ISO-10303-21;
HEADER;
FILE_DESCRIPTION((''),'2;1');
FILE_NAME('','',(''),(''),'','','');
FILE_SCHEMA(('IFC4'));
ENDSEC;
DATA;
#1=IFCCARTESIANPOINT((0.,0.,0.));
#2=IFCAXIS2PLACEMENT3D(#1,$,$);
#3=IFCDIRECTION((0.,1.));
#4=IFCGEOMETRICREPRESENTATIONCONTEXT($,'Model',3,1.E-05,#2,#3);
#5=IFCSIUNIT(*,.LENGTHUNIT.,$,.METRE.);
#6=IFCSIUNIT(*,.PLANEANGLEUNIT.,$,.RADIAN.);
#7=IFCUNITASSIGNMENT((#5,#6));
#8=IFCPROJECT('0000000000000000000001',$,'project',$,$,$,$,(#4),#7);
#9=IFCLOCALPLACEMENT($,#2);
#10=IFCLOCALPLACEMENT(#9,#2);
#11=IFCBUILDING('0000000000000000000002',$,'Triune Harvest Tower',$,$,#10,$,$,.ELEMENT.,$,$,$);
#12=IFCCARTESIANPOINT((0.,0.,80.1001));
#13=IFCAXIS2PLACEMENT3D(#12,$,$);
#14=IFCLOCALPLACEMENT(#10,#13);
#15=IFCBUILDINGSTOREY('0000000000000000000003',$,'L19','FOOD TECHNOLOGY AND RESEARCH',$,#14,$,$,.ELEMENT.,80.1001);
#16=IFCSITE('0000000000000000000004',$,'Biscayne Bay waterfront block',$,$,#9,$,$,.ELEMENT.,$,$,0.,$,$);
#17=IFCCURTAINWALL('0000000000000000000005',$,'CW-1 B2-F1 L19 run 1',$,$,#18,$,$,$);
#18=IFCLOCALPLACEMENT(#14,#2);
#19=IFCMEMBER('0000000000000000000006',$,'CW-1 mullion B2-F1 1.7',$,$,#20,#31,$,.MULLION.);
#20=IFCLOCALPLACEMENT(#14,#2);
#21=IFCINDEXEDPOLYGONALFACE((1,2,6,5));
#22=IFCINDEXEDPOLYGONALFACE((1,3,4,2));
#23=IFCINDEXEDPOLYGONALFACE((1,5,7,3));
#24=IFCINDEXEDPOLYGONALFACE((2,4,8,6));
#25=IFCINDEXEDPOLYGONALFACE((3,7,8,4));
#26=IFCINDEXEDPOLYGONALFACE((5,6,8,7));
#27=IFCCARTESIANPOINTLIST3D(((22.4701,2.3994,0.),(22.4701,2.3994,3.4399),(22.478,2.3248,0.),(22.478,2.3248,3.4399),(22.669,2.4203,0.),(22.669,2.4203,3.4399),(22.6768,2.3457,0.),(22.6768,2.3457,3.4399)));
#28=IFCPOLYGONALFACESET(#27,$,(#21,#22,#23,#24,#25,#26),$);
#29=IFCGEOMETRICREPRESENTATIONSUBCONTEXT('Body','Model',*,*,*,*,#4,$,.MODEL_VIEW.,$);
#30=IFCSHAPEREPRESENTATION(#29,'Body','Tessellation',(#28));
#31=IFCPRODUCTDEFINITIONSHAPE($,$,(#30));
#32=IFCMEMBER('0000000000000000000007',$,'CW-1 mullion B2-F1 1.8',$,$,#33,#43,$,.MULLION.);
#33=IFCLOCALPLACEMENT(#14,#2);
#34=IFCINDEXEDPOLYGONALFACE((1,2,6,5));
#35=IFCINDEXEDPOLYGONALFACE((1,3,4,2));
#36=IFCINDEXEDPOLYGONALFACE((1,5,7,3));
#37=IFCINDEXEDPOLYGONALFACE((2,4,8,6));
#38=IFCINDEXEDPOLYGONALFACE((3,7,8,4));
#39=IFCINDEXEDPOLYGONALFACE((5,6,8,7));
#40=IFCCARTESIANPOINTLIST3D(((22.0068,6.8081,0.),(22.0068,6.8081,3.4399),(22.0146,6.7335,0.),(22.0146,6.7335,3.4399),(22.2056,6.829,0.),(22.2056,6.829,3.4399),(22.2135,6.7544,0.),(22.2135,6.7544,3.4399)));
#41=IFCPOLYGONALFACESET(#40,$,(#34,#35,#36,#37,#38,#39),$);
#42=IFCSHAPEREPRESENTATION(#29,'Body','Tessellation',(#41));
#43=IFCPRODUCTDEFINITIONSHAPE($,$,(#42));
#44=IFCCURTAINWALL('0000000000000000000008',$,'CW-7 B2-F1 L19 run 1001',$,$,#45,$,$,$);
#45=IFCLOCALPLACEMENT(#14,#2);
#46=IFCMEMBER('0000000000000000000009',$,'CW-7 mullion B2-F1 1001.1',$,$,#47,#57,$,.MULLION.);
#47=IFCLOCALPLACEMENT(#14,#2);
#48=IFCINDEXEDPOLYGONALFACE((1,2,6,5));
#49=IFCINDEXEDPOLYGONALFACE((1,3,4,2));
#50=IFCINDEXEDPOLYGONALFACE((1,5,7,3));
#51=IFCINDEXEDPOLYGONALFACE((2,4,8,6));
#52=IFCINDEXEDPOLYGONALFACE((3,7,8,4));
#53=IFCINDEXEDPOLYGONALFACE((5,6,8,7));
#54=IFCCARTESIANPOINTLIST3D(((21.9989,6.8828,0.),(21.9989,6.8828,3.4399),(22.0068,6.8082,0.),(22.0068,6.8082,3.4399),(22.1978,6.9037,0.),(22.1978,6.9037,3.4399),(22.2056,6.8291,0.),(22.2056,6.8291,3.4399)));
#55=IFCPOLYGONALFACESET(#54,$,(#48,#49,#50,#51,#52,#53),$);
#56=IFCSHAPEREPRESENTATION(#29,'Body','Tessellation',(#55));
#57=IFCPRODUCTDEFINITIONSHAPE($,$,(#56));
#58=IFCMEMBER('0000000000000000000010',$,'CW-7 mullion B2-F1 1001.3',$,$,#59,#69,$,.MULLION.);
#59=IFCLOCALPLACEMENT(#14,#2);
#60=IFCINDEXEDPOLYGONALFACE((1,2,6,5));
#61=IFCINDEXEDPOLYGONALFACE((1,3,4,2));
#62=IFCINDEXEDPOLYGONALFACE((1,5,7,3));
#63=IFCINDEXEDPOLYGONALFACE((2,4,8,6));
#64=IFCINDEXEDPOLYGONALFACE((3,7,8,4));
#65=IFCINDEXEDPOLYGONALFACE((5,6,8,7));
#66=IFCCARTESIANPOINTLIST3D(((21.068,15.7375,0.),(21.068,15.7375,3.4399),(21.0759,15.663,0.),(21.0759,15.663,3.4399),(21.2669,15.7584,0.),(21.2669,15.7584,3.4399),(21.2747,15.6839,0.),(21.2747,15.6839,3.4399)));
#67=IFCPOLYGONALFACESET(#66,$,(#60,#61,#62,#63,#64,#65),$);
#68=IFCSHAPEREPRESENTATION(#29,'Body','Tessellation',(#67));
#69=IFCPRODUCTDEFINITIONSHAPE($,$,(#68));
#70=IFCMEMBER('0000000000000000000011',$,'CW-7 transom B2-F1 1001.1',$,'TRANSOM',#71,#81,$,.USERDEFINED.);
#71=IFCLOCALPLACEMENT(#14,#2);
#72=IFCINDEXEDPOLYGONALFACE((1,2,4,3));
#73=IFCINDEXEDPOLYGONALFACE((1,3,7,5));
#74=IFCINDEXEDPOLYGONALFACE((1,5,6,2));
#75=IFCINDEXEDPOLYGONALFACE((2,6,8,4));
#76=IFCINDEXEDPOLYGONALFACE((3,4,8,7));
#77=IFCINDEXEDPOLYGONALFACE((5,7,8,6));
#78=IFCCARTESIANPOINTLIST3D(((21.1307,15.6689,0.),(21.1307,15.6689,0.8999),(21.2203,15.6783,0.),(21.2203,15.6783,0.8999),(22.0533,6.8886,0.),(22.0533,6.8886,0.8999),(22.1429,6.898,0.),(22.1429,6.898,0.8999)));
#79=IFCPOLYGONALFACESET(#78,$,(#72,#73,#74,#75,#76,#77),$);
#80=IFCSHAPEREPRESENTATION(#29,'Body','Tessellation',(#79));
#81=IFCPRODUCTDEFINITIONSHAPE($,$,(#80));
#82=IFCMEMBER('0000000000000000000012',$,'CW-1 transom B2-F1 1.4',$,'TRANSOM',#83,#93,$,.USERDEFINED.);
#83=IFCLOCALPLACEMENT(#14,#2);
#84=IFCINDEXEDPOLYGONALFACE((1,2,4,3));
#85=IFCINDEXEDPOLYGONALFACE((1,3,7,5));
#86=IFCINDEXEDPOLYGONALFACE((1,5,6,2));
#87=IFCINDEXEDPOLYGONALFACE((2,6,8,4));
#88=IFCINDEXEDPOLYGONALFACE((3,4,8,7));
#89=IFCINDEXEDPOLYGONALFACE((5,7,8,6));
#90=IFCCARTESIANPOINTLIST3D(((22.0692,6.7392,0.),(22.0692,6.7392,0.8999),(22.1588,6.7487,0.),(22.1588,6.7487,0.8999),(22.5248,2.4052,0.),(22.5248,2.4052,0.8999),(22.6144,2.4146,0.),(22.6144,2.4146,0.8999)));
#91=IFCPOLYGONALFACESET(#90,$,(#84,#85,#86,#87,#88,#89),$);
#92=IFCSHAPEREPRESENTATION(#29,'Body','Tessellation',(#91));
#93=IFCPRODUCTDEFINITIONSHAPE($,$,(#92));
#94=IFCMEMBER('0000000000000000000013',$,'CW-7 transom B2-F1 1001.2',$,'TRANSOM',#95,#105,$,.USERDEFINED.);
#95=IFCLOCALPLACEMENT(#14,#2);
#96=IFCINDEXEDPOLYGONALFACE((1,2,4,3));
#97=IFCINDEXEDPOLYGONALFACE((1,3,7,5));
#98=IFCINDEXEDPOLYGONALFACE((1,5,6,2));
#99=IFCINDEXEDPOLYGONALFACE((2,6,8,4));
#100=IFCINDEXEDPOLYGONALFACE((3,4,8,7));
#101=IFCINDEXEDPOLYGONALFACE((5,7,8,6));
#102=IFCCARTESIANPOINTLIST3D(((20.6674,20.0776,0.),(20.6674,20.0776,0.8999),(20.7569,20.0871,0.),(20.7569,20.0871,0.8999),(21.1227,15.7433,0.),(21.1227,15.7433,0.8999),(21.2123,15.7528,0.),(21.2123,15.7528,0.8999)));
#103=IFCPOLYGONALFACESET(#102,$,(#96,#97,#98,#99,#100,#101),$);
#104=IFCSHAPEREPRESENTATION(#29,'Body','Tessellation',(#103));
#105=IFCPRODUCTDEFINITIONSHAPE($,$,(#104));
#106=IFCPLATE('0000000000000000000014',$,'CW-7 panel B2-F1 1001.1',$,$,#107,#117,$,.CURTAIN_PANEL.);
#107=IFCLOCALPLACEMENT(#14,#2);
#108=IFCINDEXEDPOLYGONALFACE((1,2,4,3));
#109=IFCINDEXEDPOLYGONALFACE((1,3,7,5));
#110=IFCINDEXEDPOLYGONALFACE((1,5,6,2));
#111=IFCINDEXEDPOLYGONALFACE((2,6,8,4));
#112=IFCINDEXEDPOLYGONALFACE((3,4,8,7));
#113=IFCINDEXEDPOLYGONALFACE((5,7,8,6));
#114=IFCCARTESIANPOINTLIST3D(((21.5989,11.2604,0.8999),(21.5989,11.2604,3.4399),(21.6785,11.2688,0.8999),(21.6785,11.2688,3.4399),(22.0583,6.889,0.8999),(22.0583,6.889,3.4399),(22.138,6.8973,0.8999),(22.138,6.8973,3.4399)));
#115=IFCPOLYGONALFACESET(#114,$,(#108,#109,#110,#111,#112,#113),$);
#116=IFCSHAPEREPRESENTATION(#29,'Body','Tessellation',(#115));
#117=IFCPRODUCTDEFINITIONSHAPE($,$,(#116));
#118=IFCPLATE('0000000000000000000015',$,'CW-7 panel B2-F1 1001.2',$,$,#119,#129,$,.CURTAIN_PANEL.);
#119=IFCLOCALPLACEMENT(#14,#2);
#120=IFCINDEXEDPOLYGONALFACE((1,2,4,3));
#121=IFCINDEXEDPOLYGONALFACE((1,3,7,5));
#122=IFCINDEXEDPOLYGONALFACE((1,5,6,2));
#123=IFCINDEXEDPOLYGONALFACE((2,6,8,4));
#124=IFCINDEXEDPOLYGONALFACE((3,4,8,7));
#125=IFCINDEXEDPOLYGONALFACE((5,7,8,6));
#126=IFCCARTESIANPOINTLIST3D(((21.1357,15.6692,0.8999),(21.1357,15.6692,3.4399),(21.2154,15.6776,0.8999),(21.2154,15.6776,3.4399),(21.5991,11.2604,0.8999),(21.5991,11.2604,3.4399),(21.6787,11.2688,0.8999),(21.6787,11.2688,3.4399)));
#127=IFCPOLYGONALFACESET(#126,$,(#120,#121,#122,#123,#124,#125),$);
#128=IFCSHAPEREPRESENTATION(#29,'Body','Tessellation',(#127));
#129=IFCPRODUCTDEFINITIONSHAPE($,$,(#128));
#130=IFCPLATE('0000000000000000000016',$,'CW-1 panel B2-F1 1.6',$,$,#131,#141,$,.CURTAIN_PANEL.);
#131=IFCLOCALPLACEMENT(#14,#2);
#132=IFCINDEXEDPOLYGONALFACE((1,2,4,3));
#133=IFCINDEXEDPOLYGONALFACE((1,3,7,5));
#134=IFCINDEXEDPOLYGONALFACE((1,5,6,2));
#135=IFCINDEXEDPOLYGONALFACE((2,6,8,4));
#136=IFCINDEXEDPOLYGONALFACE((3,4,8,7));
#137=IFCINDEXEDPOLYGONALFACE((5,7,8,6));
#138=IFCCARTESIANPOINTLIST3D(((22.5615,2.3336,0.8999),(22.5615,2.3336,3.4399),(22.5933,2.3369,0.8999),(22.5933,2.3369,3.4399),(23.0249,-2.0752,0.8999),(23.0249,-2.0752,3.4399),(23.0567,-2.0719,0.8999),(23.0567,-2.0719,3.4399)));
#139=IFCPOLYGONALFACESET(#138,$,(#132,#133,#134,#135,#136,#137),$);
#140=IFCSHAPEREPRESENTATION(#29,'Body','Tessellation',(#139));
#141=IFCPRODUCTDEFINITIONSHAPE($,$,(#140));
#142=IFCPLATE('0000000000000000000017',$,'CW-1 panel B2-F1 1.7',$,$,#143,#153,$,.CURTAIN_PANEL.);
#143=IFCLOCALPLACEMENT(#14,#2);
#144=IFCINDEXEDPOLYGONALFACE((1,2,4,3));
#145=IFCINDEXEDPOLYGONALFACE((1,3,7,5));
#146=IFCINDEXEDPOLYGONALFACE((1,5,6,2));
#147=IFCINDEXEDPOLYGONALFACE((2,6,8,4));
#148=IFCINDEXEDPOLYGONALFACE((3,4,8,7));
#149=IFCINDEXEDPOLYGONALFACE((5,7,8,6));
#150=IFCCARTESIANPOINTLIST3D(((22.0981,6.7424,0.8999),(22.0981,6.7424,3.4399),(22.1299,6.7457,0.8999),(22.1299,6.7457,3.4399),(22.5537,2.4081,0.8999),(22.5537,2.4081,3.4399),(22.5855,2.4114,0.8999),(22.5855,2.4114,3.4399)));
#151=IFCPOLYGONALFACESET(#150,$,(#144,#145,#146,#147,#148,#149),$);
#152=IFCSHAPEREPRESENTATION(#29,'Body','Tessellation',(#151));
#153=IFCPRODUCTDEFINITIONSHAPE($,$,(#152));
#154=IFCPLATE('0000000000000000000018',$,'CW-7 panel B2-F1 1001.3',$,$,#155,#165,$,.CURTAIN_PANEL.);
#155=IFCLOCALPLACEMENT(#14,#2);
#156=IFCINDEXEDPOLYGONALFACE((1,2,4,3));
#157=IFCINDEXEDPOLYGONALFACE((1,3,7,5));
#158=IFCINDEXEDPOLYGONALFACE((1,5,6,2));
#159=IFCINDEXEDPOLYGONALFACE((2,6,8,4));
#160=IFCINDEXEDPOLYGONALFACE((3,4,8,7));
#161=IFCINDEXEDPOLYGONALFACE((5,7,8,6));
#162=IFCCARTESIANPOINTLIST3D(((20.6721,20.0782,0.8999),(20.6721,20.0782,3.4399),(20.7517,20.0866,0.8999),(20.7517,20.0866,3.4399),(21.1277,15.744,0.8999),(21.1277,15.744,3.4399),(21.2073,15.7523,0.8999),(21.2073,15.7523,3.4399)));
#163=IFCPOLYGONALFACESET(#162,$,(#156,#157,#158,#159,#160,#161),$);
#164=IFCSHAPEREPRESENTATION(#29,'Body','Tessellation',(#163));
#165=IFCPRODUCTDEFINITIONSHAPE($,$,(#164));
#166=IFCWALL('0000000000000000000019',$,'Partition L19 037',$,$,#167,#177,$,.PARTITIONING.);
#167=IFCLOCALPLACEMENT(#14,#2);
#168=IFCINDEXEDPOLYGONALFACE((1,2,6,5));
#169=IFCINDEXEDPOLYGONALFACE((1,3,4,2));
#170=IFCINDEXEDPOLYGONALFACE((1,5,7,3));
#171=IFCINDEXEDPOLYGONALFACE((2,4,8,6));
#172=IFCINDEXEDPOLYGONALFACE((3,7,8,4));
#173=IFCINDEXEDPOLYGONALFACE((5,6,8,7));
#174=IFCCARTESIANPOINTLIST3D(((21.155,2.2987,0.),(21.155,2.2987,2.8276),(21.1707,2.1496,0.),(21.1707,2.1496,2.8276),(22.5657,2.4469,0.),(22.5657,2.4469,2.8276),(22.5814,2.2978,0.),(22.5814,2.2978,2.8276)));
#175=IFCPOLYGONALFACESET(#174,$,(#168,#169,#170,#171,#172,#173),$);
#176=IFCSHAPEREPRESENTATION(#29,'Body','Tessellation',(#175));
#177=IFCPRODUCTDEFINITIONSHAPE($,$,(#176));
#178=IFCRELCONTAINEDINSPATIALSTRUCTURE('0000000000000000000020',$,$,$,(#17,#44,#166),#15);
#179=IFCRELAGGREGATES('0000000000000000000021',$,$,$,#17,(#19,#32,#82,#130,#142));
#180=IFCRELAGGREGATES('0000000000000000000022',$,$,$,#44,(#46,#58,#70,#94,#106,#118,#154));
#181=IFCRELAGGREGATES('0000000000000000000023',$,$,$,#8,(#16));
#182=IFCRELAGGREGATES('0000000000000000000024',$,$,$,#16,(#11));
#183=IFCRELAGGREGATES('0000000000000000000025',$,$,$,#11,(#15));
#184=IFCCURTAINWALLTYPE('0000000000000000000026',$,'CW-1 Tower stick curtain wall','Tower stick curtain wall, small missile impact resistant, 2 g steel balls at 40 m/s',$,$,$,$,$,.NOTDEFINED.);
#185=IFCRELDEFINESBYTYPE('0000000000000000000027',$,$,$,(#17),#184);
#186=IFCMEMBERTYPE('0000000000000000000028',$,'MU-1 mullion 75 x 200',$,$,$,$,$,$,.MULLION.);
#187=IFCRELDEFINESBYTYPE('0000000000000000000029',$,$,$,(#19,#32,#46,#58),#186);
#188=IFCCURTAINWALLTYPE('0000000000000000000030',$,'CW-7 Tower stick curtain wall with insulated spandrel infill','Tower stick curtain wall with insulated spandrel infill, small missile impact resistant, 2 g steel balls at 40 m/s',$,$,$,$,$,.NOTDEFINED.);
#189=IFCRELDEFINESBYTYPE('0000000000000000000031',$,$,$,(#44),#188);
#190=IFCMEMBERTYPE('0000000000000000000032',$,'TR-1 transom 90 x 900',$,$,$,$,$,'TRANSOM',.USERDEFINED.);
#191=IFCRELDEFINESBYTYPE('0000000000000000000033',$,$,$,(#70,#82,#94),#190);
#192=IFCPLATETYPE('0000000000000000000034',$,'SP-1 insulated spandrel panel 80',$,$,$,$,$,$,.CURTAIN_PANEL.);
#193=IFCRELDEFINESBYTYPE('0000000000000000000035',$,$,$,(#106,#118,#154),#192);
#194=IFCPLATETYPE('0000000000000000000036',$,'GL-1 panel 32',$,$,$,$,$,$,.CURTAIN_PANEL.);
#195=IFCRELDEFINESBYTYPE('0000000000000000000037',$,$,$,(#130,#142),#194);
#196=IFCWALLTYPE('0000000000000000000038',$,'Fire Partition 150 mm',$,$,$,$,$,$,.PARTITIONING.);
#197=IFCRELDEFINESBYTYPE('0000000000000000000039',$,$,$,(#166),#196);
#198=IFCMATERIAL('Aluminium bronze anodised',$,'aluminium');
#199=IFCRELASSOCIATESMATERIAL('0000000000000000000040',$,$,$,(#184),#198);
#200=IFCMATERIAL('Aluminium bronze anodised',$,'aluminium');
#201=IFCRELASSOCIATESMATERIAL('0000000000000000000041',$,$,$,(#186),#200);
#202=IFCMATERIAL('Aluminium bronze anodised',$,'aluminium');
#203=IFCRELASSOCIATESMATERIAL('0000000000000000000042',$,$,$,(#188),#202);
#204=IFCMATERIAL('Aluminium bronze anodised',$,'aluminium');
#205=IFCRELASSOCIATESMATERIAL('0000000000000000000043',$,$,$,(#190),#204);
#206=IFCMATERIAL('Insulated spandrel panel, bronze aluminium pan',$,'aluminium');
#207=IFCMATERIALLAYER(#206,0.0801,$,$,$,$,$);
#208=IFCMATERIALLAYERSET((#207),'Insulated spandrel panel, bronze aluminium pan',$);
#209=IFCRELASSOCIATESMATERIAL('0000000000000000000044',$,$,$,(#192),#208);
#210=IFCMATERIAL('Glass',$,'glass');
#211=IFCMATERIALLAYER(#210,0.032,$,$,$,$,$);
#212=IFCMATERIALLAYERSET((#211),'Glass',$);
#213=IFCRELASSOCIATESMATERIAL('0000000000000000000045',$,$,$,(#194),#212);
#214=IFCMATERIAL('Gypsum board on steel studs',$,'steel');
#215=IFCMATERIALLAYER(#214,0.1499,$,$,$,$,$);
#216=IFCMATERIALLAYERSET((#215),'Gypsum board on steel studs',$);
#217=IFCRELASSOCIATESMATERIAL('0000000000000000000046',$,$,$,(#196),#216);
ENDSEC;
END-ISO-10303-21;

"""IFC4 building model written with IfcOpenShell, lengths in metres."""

from ifc_helpers import new_model, si_unit, direction, frame, frame_2d, origin, origin_2d, place, context, subcontext, project, spatial, rectangle, extrude, source, transform, mapped, material, layer, layer_set, material_profile, profile_set, type_object, element, aggregate, save


model = new_model("IFC4")

# Units and contexts
model_context = context("Model", 3, precision=1e-05, world=origin(), true_north=direction((0.0, 1.0)))
body_context = subcontext(model_context, "Body", "Model", "MODEL_VIEW")
ifc_project = project(units=[si_unit("LENGTHUNIT", "METRE"), si_unit("PLANEANGLEUNIT", "RADIAN")], contexts=[model_context])

# Site, building, storey
site_placement = place(None, origin())
site = spatial("IfcSite", under=ifc_project, at=site_placement, Name="Biscayne Bay waterfront block", CompositionType="ELEMENT", RefElevation=0.0)
building_placement = place(site_placement, origin())
building = spatial("IfcBuilding", under=site, at=building_placement, Name="Triune Harvest Tower", CompositionType="ELEMENT")
storey_placement = place(building_placement, frame((0.0, 0.0, 80.1001)))
storey = spatial("IfcBuildingStorey", under=building, at=storey_placement, Name="L19", Description="FOOD TECHNOLOGY AND RESEARCH", CompositionType="ELEMENT", Elevation=80.1001)

# Curtain walls, members
ifc_material_1 = material(Name="Aluminium bronze anodised", Category="aluminium")
curtain_wall_type_1 = type_object("IfcCurtainWallType", Name="CW-1 Tower stick curtain wall", Description="Tower stick curtain wall, small missile impact resistant, 2 g steel balls at 40 m/s", PredefinedType="NOTDEFINED", material=ifc_material_1)
curtain_wall_1_placement = place(storey_placement, origin())
curtain_wall_1 = element("IfcCurtainWall", 1, at=curtain_wall_1_placement, inside=storey, type_object=curtain_wall_type_1, Name="CW-1 B2-F1 L19 run 1")
ifc_material_2 = material(Name="Aluminium bronze anodised", Category="aluminium")
ifc_material_profile_1 = material_profile(ifc_material_2, rectangle(XDim=0.2, YDim=0.075, at=origin_2d()), Name="MU-1 mullion 75 x 200")
ifc_profile_set_1 = profile_set([ifc_material_profile_1], Name="Aluminium bronze anodised")
member_type_1 = type_object("IfcMemberType", Name="MU-1 mullion 75 x 200", PredefinedType="MULLION", material=ifc_profile_set_1)
shared_shape_1 = source(origin(), body_context, "Body", "SweptSolid", [
    extrude(rectangle(XDim=0.2, YDim=0.075, at=origin_2d()), origin(), (0.0, 0.0, 1.0), 3.4399),
])
member_1_placement = place(storey_placement, frame((22.5735, 2.3726, 0.0), z_axis=(0.0, 0.0, 1.0), x_axis=(-0.994522, -0.104528, 0.0)))
member_1 = element("IfcMember", 2, at=member_1_placement, type_object=member_type_1, Name="CW-1 mullion B2-F1 1.7", PredefinedType="MULLION", context=body_context, shape_type="MappedRepresentation", body=[
    mapped(shared_shape_1, transform((0.0, 0.0, 0.0), scale=1.0)),
])
member_2_placement = place(storey_placement, frame((22.1101, 6.7812, 0.0), z_axis=(0.0, 0.0, 1.0), x_axis=(-0.994522, -0.104528, 0.0)))
member_2 = element("IfcMember", 3, at=member_2_placement, type_object=member_type_1, Name="CW-1 mullion B2-F1 1.8", PredefinedType="MULLION", context=body_context, shape_type="MappedRepresentation", body=[
    mapped(shared_shape_1, transform((0.0, 0.0, 0.0), scale=1.0)),
])
ifc_material_3 = material(Name="Aluminium bronze anodised", Category="aluminium")
curtain_wall_type_2 = type_object("IfcCurtainWallType", Name="CW-7 Tower stick curtain wall with insulated spandrel infill", Description="Tower stick curtain wall with insulated spandrel infill, small missile impact resistant, 2 g steel balls at 40 m/s", PredefinedType="NOTDEFINED", material=ifc_material_3)
curtain_wall_2_placement = place(storey_placement, origin())
curtain_wall_2 = element("IfcCurtainWall", 4, at=curtain_wall_2_placement, inside=storey, type_object=curtain_wall_type_2, Name="CW-7 B2-F1 L19 run 1001")
member_3_placement = place(storey_placement, frame((22.1023, 6.856, 0.0), z_axis=(0.0, 0.0, 1.0), x_axis=(-0.994522, -0.104528, 0.0)))
member_3 = element("IfcMember", 5, at=member_3_placement, type_object=member_type_1, Name="CW-7 mullion B2-F1 1001.1", PredefinedType="MULLION", context=body_context, shape_type="MappedRepresentation", body=[
    mapped(shared_shape_1, transform((0.0, 0.0, 0.0), scale=1.0)),
])
member_4_placement = place(storey_placement, frame((21.1714, 15.7107, 0.0), z_axis=(0.0, 0.0, 1.0), x_axis=(-0.994522, -0.104528, 0.0)))
member_4 = element("IfcMember", 6, at=member_4_placement, type_object=member_type_1, Name="CW-7 mullion B2-F1 1001.3", PredefinedType="MULLION", context=body_context, shape_type="MappedRepresentation", body=[
    mapped(shared_shape_1, transform((0.0, 0.0, 0.0), scale=1.0)),
])
ifc_material_4 = material(Name="Aluminium bronze anodised", Category="aluminium")
ifc_material_profile_2 = material_profile(ifc_material_4, rectangle(XDim=0.0901, YDim=0.8999, at=origin_2d()), Name="TR-1 transom 90 x 900")
ifc_profile_set_2 = profile_set([ifc_material_profile_2], Name="Aluminium bronze anodised")
member_type_2 = type_object("IfcMemberType", Name="TR-1 transom 90 x 900", ElementType="TRANSOM", PredefinedType="USERDEFINED", material=ifc_profile_set_2)
shared_shape_2 = source(origin(), body_context, "Body", "SweptSolid", [
    extrude(rectangle(XDim=0.0901, YDim=0.8999, at=origin_2d()), origin(), (0.0, 0.0, 1.0), 8.8286),
])
member_5_placement = place(storey_placement, frame((22.0981, 6.8933, 0.45), z_axis=(-0.104502, 0.994525, 0.0), x_axis=(-0.994525, -0.104502, 0.0)))
member_5 = element("IfcMember", 7, at=member_5_placement, type_object=member_type_2, Name="CW-7 transom B2-F1 1001.1", ObjectType="TRANSOM", PredefinedType="USERDEFINED", context=body_context, shape_type="MappedRepresentation", body=[
    mapped(shared_shape_2, transform((0.0, 0.0, 0.0), scale=1.0)),
])

# Members
shared_shape_3 = source(origin(), body_context, "Body", "SweptSolid", [
    extrude(rectangle(XDim=0.0901, YDim=0.8999, at=origin_2d()), origin(), (0.0, 0.0, 1.0), 4.3579),
])
member_6_placement = place(storey_placement, frame((22.5696, 2.4099, 0.45), z_axis=(-0.104539, 0.994521, 0.0), x_axis=(-0.994521, -0.104539, 0.0)))
member_6 = element("IfcMember", 8, at=member_6_placement, type_object=member_type_2, Name="CW-1 transom B2-F1 1.4", ObjectType="TRANSOM", PredefinedType="USERDEFINED", context=body_context, shape_type="MappedRepresentation", body=[
    mapped(shared_shape_3, transform((0.0, 0.0, 0.0), scale=1.0)),
])
shared_shape_4 = source(origin(), body_context, "Body", "SweptSolid", [
    extrude(rectangle(XDim=0.0901, YDim=0.8999, at=origin_2d()), origin(), (0.0, 0.0, 1.0), 4.3582),
])
member_7_placement = place(storey_placement, frame((21.1675, 15.748, 0.45), z_axis=(-0.104478, 0.994527, 0.0), x_axis=(-0.994527, -0.104478, 0.0)))
member_7 = element("IfcMember", 9, at=member_7_placement, type_object=member_type_2, Name="CW-7 transom B2-F1 1001.2", ObjectType="TRANSOM", PredefinedType="USERDEFINED", context=body_context, shape_type="MappedRepresentation", body=[
    mapped(shared_shape_4, transform((0.0, 0.0, 0.0), scale=1.0)),
])

# Plates
ifc_material_5 = material(Name="Insulated spandrel panel, bronze aluminium pan", Category="aluminium")
ifc_layer_1 = layer(ifc_material_5, 0.0801)
ifc_layer_set_1 = layer_set([ifc_layer_1], Name="Insulated spandrel panel, bronze aluminium pan")
plate_type_1 = type_object("IfcPlateType", Name="SP-1 insulated spandrel panel 80", PredefinedType="CURTAIN_PANEL", material=ifc_layer_set_1)
shared_shape_5 = source(origin(), body_context, "Body", "SweptSolid", [
    extrude(rectangle(XDim=4.3955, YDim=0.0801, at=origin_2d()), origin(), (0.0, 0.0, 1.0), 2.54),
])
plate_1_placement = place(storey_placement, frame((21.8684, 9.0789, 0.8999), z_axis=(0.0, 0.0, 1.0), x_axis=(-0.104528, 0.994522, 0.0)))
plate_1 = element("IfcPlate", 10, at=plate_1_placement, type_object=plate_type_1, Name="CW-7 panel B2-F1 1001.1", PredefinedType="CURTAIN_PANEL", context=body_context, shape_type="MappedRepresentation", body=[
    mapped(shared_shape_5, transform((0.0, 0.0, 0.0), scale=1.0)),
])
shared_shape_6 = source(origin(), body_context, "Body", "SweptSolid", [
    extrude(rectangle(XDim=4.4331, YDim=0.0801, at=origin_2d()), origin(), (0.0, 0.0, 1.0), 2.54),
])
plate_2_placement = place(storey_placement, frame((21.4072, 13.469, 0.8999), z_axis=(0.0, 0.0, 1.0), x_axis=(-0.104528, 0.994522, 0.0)))
plate_2 = element("IfcPlate", 11, at=plate_2_placement, type_object=plate_type_1, Name="CW-7 panel B2-F1 1001.2", PredefinedType="CURTAIN_PANEL", context=body_context, shape_type="MappedRepresentation", body=[
    mapped(shared_shape_6, transform((0.0, 0.0, 0.0), scale=1.0)),
])
ifc_material_6 = material(Name="Glass", Category="glass")
ifc_layer_2 = layer(ifc_material_6, 0.032)
ifc_layer_set_2 = layer_set([ifc_layer_2], Name="Glass")
plate_type_2 = type_object("IfcPlateType", Name="GL-1 panel 32", PredefinedType="CURTAIN_PANEL", material=ifc_layer_set_2)
shared_shape_7 = source(origin(), body_context, "Body", "SweptSolid", [
    extrude(rectangle(XDim=4.4331, YDim=0.032, at=origin_2d()), origin(), (0.0, 0.0, 1.0), 2.54),
])
plate_3_placement = place(storey_placement, frame((22.8091, 0.1309, 0.8999), z_axis=(0.0, 0.0, 1.0), x_axis=(-0.104528, 0.994522, 0.0)))
plate_3 = element("IfcPlate", 12, at=plate_3_placement, type_object=plate_type_2, Name="CW-1 panel B2-F1 1.6", PredefinedType="CURTAIN_PANEL", context=body_context, shape_type="MappedRepresentation", body=[
    mapped(shared_shape_7, transform((0.0, 0.0, 0.0), scale=1.0)),
])
shared_shape_8 = source(origin(), body_context, "Body", "SweptSolid", [
    extrude(rectangle(XDim=4.3582, YDim=0.032, at=origin_2d()), origin(), (0.0, 0.0, 1.0), 2.54),
])
plate_4_placement = place(storey_placement, frame((22.3418, 4.5769, 0.8999), z_axis=(0.0, 0.0, 1.0), x_axis=(-0.104528, 0.994522, 0.0)))
plate_4 = element("IfcPlate", 13, at=plate_4_placement, type_object=plate_type_2, Name="CW-1 panel B2-F1 1.7", PredefinedType="CURTAIN_PANEL", context=body_context, shape_type="MappedRepresentation", body=[
    mapped(shared_shape_8, transform((0.0, 0.0, 0.0), scale=1.0)),
])
aggregate(curtain_wall_1, [member_1, member_2, member_6, plate_3, plate_4])
shared_shape_9 = source(origin(), body_context, "Body", "SweptSolid", [
    extrude(rectangle(XDim=4.3582, YDim=0.0801, at=origin_2d()), origin(), (0.0, 0.0, 1.0), 2.54),
])
plate_5_placement = place(storey_placement, frame((20.9397, 17.9153, 0.8999), z_axis=(0.0, 0.0, 1.0), x_axis=(-0.104528, 0.994522, 0.0)))
plate_5 = element("IfcPlate", 14, at=plate_5_placement, type_object=plate_type_1, Name="CW-7 panel B2-F1 1001.3", PredefinedType="CURTAIN_PANEL", context=body_context, shape_type="MappedRepresentation", body=[
    mapped(shared_shape_9, transform((0.0, 0.0, 0.0), scale=1.0)),
])
aggregate(curtain_wall_2, [member_3, member_4, member_5, member_7, plate_1, plate_2, plate_5])

# Wall
ifc_material_7 = material(Name="Gypsum board on steel studs", Category="steel")
ifc_layer_3 = layer(ifc_material_7, 0.1499)
ifc_layer_set_3 = layer_set([ifc_layer_3], Name="Gypsum board on steel studs")
wall_type = type_object("IfcWallType", Name="Fire Partition 150 mm", PredefinedType="PARTITIONING", material=ifc_layer_set_3)
wall_placement = place(storey_placement, frame((21.1628, 2.2241, 0.0), z_axis=(0.0, 0.0, 1.0), x_axis=(0.994527, 0.104479, 0.0)))
element("IfcWall", 15, at=wall_placement, inside=storey, type_object=wall_type, Name="Partition L19 037", PredefinedType="PARTITIONING", context=body_context, shape_type="SweptSolid", body=[
    extrude(rectangle(XDim=1.4185, YDim=0.1499, at=frame_2d((0.7092, 0.0))), origin(), (0.0, 0.0, 1.0), 2.8276),
])

save(model, "model.ifc")
